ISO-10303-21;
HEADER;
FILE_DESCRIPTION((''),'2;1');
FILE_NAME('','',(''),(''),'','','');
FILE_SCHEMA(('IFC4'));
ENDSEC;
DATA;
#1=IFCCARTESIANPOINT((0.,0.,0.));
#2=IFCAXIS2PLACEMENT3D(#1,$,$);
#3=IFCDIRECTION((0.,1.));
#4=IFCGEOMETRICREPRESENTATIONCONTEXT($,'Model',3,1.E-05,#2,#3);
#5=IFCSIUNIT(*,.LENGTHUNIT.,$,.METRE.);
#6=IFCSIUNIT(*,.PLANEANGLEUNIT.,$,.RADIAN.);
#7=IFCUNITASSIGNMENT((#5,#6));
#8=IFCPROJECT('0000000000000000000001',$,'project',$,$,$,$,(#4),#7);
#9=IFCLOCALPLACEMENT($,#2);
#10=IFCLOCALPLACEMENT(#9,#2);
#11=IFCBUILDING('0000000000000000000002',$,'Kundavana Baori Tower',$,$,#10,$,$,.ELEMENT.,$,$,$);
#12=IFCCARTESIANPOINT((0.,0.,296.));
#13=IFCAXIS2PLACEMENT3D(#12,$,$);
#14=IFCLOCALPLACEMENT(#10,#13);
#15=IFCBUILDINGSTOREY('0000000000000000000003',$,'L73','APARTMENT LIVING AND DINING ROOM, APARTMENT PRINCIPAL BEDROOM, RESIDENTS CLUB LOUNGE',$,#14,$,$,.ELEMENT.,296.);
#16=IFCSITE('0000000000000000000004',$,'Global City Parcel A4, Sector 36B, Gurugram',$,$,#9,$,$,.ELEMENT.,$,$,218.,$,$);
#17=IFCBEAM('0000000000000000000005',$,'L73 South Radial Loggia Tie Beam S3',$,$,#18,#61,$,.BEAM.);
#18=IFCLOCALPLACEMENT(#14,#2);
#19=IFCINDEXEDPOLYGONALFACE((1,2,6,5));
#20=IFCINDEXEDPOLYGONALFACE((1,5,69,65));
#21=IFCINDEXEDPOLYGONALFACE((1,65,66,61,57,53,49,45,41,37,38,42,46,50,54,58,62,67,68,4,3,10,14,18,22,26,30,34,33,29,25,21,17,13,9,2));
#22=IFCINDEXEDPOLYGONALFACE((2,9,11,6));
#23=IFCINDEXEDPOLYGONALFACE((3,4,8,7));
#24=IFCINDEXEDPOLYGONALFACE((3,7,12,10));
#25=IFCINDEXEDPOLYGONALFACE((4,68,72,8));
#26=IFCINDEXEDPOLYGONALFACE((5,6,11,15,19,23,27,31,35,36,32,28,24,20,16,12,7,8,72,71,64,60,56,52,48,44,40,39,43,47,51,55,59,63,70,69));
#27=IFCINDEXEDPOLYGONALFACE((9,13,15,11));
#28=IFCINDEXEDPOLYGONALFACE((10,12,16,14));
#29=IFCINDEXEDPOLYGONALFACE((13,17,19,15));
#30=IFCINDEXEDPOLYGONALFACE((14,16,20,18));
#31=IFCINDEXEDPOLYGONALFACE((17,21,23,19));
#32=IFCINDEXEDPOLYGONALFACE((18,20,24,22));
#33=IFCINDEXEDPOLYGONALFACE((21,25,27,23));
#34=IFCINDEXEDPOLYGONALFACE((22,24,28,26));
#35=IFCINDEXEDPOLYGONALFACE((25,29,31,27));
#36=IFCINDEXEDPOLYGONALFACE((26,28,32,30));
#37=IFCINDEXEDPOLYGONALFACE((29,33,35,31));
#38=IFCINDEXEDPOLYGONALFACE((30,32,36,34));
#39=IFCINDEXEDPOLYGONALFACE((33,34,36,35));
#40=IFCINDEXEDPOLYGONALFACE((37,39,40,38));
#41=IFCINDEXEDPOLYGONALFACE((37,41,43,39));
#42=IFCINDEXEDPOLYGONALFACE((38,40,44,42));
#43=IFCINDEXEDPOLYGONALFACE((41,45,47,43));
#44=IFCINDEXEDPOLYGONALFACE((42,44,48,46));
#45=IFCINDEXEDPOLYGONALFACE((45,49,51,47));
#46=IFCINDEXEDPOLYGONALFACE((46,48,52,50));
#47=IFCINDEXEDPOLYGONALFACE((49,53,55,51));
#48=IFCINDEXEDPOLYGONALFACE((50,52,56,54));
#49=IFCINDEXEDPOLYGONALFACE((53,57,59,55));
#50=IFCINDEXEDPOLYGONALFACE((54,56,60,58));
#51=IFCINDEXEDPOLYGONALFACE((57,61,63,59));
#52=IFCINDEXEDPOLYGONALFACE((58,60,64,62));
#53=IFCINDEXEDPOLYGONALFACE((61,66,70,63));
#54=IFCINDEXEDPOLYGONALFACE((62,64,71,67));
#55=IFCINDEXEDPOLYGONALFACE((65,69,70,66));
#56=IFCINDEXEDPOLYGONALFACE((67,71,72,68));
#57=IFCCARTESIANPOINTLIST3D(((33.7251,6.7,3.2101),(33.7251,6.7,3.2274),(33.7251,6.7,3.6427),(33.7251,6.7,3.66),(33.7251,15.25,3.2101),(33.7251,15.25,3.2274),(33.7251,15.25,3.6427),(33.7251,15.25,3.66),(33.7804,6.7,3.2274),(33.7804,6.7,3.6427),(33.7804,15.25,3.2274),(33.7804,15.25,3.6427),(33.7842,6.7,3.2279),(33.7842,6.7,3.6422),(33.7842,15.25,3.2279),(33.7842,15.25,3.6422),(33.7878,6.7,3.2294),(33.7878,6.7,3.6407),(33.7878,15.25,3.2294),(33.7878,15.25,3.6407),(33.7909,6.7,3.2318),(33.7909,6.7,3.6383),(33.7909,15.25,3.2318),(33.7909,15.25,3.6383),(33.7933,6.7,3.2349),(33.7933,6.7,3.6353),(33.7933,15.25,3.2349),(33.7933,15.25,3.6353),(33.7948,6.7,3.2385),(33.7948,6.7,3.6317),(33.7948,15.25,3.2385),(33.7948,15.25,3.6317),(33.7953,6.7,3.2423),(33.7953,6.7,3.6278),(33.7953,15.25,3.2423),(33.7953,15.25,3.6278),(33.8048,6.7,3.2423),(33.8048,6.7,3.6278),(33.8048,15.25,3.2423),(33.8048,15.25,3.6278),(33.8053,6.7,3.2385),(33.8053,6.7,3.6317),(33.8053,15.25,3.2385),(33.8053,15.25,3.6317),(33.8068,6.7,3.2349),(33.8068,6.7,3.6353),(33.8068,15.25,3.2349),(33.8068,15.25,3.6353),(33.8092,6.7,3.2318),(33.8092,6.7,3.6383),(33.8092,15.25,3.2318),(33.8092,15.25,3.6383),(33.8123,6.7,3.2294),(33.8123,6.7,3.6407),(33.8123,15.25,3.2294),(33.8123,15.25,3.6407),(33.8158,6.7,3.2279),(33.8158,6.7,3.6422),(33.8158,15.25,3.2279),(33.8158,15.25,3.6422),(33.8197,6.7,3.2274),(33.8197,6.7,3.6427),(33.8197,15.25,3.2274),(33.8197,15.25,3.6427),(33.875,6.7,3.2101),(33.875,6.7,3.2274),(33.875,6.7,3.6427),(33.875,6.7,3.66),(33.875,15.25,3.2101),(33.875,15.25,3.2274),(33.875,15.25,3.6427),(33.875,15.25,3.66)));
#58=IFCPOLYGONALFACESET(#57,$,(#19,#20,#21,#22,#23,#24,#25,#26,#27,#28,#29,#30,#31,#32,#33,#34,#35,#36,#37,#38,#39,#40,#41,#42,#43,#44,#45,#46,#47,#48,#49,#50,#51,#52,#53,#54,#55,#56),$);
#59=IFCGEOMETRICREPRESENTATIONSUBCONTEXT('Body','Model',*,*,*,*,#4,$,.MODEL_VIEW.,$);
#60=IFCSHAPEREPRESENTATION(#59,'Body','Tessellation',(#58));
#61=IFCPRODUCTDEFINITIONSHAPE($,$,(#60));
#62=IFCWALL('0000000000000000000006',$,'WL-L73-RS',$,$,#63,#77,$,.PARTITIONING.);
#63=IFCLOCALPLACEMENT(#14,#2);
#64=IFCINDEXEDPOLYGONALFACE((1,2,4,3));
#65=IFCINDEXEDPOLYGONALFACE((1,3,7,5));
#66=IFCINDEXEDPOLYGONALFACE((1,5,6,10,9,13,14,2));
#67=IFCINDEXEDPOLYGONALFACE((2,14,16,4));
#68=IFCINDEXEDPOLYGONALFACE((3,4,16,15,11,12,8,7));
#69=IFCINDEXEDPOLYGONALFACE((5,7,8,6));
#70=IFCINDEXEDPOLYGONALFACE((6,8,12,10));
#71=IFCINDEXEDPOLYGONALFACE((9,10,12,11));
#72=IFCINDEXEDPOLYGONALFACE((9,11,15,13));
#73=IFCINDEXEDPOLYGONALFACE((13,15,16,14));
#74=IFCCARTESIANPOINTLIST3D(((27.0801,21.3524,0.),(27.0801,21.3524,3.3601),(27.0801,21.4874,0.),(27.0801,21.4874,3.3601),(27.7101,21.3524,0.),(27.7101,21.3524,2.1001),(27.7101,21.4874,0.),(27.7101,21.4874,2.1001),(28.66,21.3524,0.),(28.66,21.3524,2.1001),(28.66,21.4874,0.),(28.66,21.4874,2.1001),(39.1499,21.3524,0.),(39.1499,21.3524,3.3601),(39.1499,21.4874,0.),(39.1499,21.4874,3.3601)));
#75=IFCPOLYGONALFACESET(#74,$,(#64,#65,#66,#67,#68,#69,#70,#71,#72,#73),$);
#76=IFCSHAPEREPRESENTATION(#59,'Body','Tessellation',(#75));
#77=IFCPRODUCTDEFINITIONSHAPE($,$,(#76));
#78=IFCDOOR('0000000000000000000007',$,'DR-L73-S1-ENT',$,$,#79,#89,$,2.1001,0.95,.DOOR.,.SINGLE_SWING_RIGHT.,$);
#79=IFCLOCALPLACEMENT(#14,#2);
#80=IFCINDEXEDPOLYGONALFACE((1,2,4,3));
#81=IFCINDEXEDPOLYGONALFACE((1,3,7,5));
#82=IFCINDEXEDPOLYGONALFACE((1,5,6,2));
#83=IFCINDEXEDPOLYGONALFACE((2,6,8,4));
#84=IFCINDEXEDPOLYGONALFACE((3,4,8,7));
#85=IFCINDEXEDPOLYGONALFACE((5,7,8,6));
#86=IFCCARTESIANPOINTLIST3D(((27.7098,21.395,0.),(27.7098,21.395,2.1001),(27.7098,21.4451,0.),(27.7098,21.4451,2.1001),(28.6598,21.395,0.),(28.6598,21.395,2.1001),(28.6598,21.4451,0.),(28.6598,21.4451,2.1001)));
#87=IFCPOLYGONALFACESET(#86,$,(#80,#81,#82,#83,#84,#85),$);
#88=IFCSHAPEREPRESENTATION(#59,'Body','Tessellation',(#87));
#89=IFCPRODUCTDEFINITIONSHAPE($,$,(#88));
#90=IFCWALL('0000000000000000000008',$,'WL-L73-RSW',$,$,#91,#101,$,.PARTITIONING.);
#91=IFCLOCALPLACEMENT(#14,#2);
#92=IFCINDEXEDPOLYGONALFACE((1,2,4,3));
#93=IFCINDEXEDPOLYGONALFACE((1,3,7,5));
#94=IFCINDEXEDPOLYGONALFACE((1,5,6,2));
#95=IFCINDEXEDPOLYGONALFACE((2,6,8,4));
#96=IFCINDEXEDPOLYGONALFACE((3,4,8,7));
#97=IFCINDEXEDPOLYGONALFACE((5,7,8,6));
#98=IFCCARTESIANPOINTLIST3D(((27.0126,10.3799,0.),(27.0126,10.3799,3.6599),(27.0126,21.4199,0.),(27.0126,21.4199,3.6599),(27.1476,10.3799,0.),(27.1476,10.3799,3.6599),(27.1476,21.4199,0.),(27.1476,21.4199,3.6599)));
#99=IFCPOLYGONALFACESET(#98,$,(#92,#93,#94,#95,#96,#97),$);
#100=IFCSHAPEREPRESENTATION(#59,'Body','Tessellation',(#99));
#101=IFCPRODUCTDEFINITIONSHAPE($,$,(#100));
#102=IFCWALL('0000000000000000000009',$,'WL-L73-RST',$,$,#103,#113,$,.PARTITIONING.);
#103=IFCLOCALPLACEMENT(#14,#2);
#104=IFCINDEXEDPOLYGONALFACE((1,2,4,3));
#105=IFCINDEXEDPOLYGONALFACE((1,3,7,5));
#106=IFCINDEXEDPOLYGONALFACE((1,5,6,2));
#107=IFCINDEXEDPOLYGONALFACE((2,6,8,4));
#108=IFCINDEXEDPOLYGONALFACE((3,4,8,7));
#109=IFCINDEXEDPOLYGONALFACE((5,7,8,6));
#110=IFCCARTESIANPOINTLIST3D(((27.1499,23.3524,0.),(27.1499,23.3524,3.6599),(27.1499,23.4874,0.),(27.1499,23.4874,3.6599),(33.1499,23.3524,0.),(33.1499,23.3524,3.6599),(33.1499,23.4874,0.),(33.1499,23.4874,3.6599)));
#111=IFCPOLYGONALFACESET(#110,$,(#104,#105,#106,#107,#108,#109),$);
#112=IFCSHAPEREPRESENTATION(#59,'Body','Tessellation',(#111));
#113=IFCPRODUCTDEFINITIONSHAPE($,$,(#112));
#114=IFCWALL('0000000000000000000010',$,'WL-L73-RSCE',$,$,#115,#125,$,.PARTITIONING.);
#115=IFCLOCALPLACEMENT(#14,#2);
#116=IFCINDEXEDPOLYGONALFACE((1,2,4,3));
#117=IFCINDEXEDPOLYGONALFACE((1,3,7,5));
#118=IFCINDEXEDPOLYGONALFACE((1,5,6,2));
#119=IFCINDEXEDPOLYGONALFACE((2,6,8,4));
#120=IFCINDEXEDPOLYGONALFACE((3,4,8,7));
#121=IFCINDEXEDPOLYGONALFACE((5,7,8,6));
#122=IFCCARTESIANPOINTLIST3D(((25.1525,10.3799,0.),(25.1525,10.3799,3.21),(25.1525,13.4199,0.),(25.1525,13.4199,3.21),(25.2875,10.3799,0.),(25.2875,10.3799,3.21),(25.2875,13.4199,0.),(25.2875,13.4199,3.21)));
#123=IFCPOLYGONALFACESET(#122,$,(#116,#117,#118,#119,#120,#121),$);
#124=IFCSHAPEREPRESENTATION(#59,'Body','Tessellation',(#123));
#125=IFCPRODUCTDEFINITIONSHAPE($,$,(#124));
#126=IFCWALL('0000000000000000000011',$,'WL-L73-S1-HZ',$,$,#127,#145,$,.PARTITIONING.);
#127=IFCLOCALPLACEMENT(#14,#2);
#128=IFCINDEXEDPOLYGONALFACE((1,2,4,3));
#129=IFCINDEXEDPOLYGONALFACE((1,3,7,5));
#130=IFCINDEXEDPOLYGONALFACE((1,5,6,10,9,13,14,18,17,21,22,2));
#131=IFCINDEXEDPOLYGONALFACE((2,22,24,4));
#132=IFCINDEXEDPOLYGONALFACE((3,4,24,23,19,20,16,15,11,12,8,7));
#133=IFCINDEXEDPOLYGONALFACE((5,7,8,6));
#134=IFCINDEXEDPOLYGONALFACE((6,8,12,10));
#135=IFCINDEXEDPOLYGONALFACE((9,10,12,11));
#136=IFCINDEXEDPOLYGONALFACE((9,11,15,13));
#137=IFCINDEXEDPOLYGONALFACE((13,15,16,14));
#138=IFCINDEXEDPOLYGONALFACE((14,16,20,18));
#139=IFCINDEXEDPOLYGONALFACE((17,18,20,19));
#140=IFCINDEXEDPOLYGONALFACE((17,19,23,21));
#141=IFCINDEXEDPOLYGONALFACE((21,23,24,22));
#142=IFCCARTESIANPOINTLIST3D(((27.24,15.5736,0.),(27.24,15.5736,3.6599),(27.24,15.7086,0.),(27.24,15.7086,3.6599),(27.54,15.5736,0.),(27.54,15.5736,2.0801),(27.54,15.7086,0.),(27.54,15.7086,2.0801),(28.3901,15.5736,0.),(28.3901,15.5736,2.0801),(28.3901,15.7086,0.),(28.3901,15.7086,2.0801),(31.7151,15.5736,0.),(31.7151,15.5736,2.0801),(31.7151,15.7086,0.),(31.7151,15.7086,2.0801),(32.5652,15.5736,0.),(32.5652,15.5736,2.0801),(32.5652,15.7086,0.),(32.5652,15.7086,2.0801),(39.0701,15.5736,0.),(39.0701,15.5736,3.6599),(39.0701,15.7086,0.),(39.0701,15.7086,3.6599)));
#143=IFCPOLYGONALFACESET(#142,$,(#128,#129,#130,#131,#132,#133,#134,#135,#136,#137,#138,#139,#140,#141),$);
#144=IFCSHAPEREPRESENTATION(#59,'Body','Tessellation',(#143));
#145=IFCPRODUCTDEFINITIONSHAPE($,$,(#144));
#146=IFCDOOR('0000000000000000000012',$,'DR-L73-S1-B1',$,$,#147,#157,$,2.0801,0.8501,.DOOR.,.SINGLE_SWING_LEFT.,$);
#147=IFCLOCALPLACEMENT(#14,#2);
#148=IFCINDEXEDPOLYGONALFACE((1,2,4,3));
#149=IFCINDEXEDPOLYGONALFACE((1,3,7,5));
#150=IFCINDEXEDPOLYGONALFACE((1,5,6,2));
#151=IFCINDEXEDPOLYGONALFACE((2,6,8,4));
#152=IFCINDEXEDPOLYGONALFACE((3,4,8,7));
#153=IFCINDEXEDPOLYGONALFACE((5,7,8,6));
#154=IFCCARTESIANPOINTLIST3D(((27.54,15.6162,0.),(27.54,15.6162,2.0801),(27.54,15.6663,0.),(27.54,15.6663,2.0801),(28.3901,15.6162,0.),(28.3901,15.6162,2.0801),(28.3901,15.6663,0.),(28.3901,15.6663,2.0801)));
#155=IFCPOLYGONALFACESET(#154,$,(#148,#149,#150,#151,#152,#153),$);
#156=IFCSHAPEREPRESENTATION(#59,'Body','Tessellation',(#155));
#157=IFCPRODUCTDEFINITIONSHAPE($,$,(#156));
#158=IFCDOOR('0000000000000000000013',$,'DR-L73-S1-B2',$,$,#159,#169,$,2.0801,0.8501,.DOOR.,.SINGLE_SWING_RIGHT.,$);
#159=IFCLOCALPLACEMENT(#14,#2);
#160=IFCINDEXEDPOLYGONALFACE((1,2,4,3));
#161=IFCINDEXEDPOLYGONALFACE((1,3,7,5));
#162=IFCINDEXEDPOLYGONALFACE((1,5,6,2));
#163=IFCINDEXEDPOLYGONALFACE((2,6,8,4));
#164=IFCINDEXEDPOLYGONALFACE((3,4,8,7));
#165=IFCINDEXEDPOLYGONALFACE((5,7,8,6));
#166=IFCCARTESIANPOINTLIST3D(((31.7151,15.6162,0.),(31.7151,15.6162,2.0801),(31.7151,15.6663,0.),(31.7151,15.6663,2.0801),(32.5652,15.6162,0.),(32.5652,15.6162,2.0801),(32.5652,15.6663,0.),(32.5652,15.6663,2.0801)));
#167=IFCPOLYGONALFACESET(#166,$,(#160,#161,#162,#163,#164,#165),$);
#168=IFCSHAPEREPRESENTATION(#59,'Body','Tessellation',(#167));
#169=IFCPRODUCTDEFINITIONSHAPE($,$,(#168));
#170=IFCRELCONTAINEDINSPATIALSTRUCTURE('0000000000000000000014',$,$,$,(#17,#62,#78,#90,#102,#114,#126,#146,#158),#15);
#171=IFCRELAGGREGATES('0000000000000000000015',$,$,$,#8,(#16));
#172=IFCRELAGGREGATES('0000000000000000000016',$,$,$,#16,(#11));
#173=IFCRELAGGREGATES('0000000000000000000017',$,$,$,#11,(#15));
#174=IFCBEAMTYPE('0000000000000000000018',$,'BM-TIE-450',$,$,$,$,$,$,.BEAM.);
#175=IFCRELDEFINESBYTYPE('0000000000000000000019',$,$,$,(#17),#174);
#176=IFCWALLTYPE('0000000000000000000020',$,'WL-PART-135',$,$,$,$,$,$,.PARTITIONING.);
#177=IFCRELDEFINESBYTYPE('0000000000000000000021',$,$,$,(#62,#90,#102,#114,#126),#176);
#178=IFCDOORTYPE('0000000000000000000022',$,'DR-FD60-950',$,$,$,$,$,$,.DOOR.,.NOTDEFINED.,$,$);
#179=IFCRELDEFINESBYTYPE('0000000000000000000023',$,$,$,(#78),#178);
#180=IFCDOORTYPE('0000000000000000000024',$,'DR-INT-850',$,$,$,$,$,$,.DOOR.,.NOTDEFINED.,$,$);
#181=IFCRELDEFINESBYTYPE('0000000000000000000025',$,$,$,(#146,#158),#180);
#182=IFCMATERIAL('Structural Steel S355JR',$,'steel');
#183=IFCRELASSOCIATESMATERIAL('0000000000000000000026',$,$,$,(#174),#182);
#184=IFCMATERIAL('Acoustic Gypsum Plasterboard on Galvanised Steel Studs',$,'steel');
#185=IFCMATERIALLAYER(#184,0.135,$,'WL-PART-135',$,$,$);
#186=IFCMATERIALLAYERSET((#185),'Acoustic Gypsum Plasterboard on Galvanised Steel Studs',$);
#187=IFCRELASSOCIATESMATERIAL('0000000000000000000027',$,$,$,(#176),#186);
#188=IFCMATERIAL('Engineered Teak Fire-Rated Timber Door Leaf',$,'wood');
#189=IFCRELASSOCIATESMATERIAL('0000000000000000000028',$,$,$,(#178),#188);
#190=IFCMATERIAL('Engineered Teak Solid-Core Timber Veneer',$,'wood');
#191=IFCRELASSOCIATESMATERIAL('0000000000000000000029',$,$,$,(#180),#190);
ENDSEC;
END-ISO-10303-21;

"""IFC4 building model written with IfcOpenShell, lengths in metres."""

from ifc_helpers import new_model, si_unit, direction, frame, frame_2d, origin, origin_2d, place, context, subcontext, project, spatial, rectangle, i_section, extrude, material, layer, layer_set, material_profile, profile_set, type_object, element, fill, save


model = new_model("IFC4")

# Units and contexts
model_context = context("Model", 3, precision=1e-05, world=origin(), true_north=direction((0.0, 1.0)))
body_context = subcontext(model_context, "Body", "Model", "MODEL_VIEW")
ifc_project = project(units=[si_unit("LENGTHUNIT", "METRE"), si_unit("PLANEANGLEUNIT", "RADIAN")], contexts=[model_context])

# Site, building, storey
site_placement = place(None, origin())
site = spatial("IfcSite", under=ifc_project, at=site_placement, Name="Global City Parcel A4, Sector 36B, Gurugram", CompositionType="ELEMENT", RefElevation=218.0)
building_placement = place(site_placement, origin())
building = spatial("IfcBuilding", under=site, at=building_placement, Name="Kundavana Baori Tower", CompositionType="ELEMENT")
storey_placement = place(building_placement, frame((0.0, 0.0, 296.0)))
storey = spatial("IfcBuildingStorey", under=building, at=storey_placement, Name="L73", Description="APARTMENT LIVING AND DINING ROOM, APARTMENT PRINCIPAL BEDROOM, RESIDENTS CLUB LOUNGE", CompositionType="ELEMENT", Elevation=296.0)

# Beam
ifc_material_1 = material(Name="Structural Steel S355JR", Category="steel")
ifc_material_profile_1 = material_profile(ifc_material_1, i_section(OverallWidth=0.1499, OverallDepth=0.45, WebThickness=0.0095, FlangeThickness=0.0173, FilletRadius=0.0149, at=origin_2d()), Name="ISMB 450")
ifc_profile_set_1 = profile_set([ifc_material_profile_1], Name="Structural Steel S355JR")
beam_type_1 = type_object("IfcBeamType", Name="BM-TIE-450", PredefinedType="BEAM", material=ifc_profile_set_1)
beam_1_placement = place(storey_placement, frame((33.8, 15.25, 3.4351), z_axis=(0.0, -1.0, 0.0), x_axis=(1.0, 0.0, 0.0)))
element("IfcBeam", 1, at=beam_1_placement, inside=storey, type_object=beam_type_1, Name="L73 South Radial Loggia Tie Beam S3", PredefinedType="BEAM", context=body_context, shape_type="SweptSolid", body=[
    extrude(i_section(OverallWidth=0.1499, OverallDepth=0.45, WebThickness=0.0095, FlangeThickness=0.0173, FilletRadius=0.0149, at=origin_2d()), origin(), (0.0, 0.0, 1.0), 8.55),
])

# Wall, opening, door
ifc_material_2 = material(Name="Acoustic Gypsum Plasterboard on Galvanised Steel Studs", Category="steel")
ifc_layer = layer(ifc_material_2, 0.135, Name="WL-PART-135")
ifc_layer_set = layer_set([ifc_layer], Name="Acoustic Gypsum Plasterboard on Galvanised Steel Studs")
wall_type = type_object("IfcWallType", Name="WL-PART-135", PredefinedType="PARTITIONING", material=ifc_layer_set)
wall_1_placement = place(storey_placement, frame((27.0801, 21.4199, 0.0), z_axis=(0.0, 0.0, 1.0), x_axis=(1.0, 0.0, 0.0)))
wall_1 = element("IfcWall", 2, at=wall_1_placement, inside=storey, type_object=wall_type, Name="WL-L73-RS", PredefinedType="PARTITIONING", context=body_context, shape_type="SweptSolid", body=[
    extrude(rectangle(XDim=12.0698, YDim=0.135, at=frame_2d((6.0349, 0.0))), origin(), (0.0, 0.0, 1.0), 3.3601),
])
opening_1_placement = place(wall_1_placement, frame((0.6299, 0.0, 0.0)))
opening_1 = element("IfcOpeningElement", 3, at=opening_1_placement, cuts=wall_1, PredefinedType="OPENING", context=body_context, shape_type="SweptSolid", body=[
    extrude(rectangle(XDim=0.95, YDim=2.1001, at=frame_2d((0.4751, 1.05))), frame((0.0, 0.0776, 0.0), z_axis=(0.0, -1.0, 0.0), x_axis=(1.0, 0.0, 0.0)), (0.0, 0.0, 1.0), 0.155),
])
ifc_material_3 = material(Name="Engineered Teak Fire-Rated Timber Door Leaf", Category="wood")
door_type_1 = type_object("IfcDoorType", Name="DR-FD60-950", OperationType="NOTDEFINED", PredefinedType="DOOR", material=ifc_material_3)
door_1_placement = place(opening_1_placement, frame((0.95, 0.0, 0.0), z_axis=(0.0, 0.0, 1.0), x_axis=(-1.0, 0.0, 0.0)))
door_1 = element("IfcDoor", 4, at=door_1_placement, inside=storey, type_object=door_type_1, Name="DR-L73-S1-ENT", OperationType="SINGLE_SWING_RIGHT", OverallHeight=2.1001, OverallWidth=0.95, PredefinedType="DOOR", context=body_context, shape_type="SweptSolid", body=[
    extrude(rectangle(XDim=0.95, YDim=2.1001, at=frame_2d((0.4751, 1.05))), frame((0.0, 0.0249, 0.0), z_axis=(0.0, -1.0, 0.0), x_axis=(1.0, 0.0, 0.0)), (0.0, 0.0, 1.0), 0.05),
])
fill(opening_1, door_1)

# Walls
wall_2_placement = place(storey_placement, frame((27.0801, 10.3799, 0.0), z_axis=(0.0, 0.0, 1.0), x_axis=(0.0, 1.0, 0.0)))
element("IfcWall", 5, at=wall_2_placement, inside=storey, type_object=wall_type, Name="WL-L73-RSW", PredefinedType="PARTITIONING", context=body_context, shape_type="SweptSolid", body=[
    extrude(rectangle(XDim=11.04, YDim=0.135, at=frame_2d((5.52, 0.0))), origin(), (0.0, 0.0, 1.0), 3.6599),
])
wall_3_placement = place(storey_placement, frame((27.1499, 23.4199, 0.0), z_axis=(0.0, 0.0, 1.0), x_axis=(1.0, 0.0, 0.0)))
element("IfcWall", 6, at=wall_3_placement, inside=storey, type_object=wall_type, Name="WL-L73-RST", PredefinedType="PARTITIONING", context=body_context, shape_type="SweptSolid", body=[
    extrude(rectangle(XDim=6.0, YDim=0.135, at=frame_2d((3.0, 0.0))), origin(), (0.0, 0.0, 1.0), 3.6599),
])
wall_4_placement = place(storey_placement, frame((25.22, 10.3799, 0.0), z_axis=(0.0, 0.0, 1.0), x_axis=(0.0, 1.0, 0.0)))
element("IfcWall", 7, at=wall_4_placement, inside=storey, type_object=wall_type, Name="WL-L73-RSCE", PredefinedType="PARTITIONING", context=body_context, shape_type="SweptSolid", body=[
    extrude(rectangle(XDim=3.04, YDim=0.135, at=frame_2d((1.52, 0.0))), origin(), (0.0, 0.0, 1.0), 3.21),
])

# Wall, openings, doors
wall_5_placement = place(storey_placement, frame((27.24, 15.6411, 0.0), z_axis=(0.0, 0.0, 1.0), x_axis=(1.0, 0.0, 0.0)))
wall_5 = element("IfcWall", 8, at=wall_5_placement, inside=storey, type_object=wall_type, Name="WL-L73-S1-HZ", PredefinedType="PARTITIONING", context=body_context, shape_type="SweptSolid", body=[
    extrude(rectangle(XDim=11.8301, YDim=0.135, at=frame_2d((5.915, 0.0))), origin(), (0.0, 0.0, 1.0), 3.6599),
])
opening_2_placement = place(wall_5_placement, frame((0.3, 0.0, 0.0)))
opening_2 = element("IfcOpeningElement", 9, at=opening_2_placement, cuts=wall_5, PredefinedType="OPENING", context=body_context, shape_type="SweptSolid", body=[
    extrude(rectangle(XDim=0.8501, YDim=2.0801, at=frame_2d((0.425, 1.04))), frame((0.0, 0.0776, 0.0), z_axis=(0.0, -1.0, 0.0), x_axis=(1.0, 0.0, 0.0)), (0.0, 0.0, 1.0), 0.155),
])
opening_3_placement = place(wall_5_placement, frame((4.4751, 0.0, 0.0)))
opening_3 = element("IfcOpeningElement", 10, at=opening_3_placement, cuts=wall_5, PredefinedType="OPENING", context=body_context, shape_type="SweptSolid", body=[
    extrude(rectangle(XDim=0.8501, YDim=2.0801, at=frame_2d((0.425, 1.04))), frame((0.0, 0.0776, 0.0), z_axis=(0.0, -1.0, 0.0), x_axis=(1.0, 0.0, 0.0)), (0.0, 0.0, 1.0), 0.155),
])
ifc_material_4 = material(Name="Engineered Teak Solid-Core Timber Veneer", Category="wood")
door_type_2 = type_object("IfcDoorType", Name="DR-INT-850", OperationType="NOTDEFINED", PredefinedType="DOOR", material=ifc_material_4)
door_2_placement = place(opening_2_placement, frame((0.8501, 0.0, 0.0), z_axis=(0.0, 0.0, 1.0), x_axis=(-1.0, 0.0, 0.0)))
door_2 = element("IfcDoor", 11, at=door_2_placement, inside=storey, type_object=door_type_2, Name="DR-L73-S1-B1", OperationType="SINGLE_SWING_LEFT", OverallHeight=2.0801, OverallWidth=0.8501, PredefinedType="DOOR", context=body_context, shape_type="SweptSolid", body=[
    extrude(rectangle(XDim=0.8501, YDim=2.0801, at=frame_2d((0.425, 1.04))), frame((0.0, 0.0249, 0.0), z_axis=(0.0, -1.0, 0.0), x_axis=(1.0, 0.0, 0.0)), (0.0, 0.0, 1.0), 0.05),
])
fill(opening_2, door_2)
door_3_placement = place(opening_3_placement, frame((0.8501, 0.0, 0.0), z_axis=(0.0, 0.0, 1.0), x_axis=(-1.0, 0.0, 0.0)))
door_3 = element("IfcDoor", 12, at=door_3_placement, inside=storey, type_object=door_type_2, Name="DR-L73-S1-B2", OperationType="SINGLE_SWING_RIGHT", OverallHeight=2.0801, OverallWidth=0.8501, PredefinedType="DOOR", context=body_context, shape_type="SweptSolid", body=[
    extrude(rectangle(XDim=0.8501, YDim=2.0801, at=frame_2d((0.425, 1.04))), frame((0.0, 0.0249, 0.0), z_axis=(0.0, -1.0, 0.0), x_axis=(1.0, 0.0, 0.0)), (0.0, 0.0, 1.0), 0.05),
])
fill(opening_3, door_3)

save(model, "model.ifc")
